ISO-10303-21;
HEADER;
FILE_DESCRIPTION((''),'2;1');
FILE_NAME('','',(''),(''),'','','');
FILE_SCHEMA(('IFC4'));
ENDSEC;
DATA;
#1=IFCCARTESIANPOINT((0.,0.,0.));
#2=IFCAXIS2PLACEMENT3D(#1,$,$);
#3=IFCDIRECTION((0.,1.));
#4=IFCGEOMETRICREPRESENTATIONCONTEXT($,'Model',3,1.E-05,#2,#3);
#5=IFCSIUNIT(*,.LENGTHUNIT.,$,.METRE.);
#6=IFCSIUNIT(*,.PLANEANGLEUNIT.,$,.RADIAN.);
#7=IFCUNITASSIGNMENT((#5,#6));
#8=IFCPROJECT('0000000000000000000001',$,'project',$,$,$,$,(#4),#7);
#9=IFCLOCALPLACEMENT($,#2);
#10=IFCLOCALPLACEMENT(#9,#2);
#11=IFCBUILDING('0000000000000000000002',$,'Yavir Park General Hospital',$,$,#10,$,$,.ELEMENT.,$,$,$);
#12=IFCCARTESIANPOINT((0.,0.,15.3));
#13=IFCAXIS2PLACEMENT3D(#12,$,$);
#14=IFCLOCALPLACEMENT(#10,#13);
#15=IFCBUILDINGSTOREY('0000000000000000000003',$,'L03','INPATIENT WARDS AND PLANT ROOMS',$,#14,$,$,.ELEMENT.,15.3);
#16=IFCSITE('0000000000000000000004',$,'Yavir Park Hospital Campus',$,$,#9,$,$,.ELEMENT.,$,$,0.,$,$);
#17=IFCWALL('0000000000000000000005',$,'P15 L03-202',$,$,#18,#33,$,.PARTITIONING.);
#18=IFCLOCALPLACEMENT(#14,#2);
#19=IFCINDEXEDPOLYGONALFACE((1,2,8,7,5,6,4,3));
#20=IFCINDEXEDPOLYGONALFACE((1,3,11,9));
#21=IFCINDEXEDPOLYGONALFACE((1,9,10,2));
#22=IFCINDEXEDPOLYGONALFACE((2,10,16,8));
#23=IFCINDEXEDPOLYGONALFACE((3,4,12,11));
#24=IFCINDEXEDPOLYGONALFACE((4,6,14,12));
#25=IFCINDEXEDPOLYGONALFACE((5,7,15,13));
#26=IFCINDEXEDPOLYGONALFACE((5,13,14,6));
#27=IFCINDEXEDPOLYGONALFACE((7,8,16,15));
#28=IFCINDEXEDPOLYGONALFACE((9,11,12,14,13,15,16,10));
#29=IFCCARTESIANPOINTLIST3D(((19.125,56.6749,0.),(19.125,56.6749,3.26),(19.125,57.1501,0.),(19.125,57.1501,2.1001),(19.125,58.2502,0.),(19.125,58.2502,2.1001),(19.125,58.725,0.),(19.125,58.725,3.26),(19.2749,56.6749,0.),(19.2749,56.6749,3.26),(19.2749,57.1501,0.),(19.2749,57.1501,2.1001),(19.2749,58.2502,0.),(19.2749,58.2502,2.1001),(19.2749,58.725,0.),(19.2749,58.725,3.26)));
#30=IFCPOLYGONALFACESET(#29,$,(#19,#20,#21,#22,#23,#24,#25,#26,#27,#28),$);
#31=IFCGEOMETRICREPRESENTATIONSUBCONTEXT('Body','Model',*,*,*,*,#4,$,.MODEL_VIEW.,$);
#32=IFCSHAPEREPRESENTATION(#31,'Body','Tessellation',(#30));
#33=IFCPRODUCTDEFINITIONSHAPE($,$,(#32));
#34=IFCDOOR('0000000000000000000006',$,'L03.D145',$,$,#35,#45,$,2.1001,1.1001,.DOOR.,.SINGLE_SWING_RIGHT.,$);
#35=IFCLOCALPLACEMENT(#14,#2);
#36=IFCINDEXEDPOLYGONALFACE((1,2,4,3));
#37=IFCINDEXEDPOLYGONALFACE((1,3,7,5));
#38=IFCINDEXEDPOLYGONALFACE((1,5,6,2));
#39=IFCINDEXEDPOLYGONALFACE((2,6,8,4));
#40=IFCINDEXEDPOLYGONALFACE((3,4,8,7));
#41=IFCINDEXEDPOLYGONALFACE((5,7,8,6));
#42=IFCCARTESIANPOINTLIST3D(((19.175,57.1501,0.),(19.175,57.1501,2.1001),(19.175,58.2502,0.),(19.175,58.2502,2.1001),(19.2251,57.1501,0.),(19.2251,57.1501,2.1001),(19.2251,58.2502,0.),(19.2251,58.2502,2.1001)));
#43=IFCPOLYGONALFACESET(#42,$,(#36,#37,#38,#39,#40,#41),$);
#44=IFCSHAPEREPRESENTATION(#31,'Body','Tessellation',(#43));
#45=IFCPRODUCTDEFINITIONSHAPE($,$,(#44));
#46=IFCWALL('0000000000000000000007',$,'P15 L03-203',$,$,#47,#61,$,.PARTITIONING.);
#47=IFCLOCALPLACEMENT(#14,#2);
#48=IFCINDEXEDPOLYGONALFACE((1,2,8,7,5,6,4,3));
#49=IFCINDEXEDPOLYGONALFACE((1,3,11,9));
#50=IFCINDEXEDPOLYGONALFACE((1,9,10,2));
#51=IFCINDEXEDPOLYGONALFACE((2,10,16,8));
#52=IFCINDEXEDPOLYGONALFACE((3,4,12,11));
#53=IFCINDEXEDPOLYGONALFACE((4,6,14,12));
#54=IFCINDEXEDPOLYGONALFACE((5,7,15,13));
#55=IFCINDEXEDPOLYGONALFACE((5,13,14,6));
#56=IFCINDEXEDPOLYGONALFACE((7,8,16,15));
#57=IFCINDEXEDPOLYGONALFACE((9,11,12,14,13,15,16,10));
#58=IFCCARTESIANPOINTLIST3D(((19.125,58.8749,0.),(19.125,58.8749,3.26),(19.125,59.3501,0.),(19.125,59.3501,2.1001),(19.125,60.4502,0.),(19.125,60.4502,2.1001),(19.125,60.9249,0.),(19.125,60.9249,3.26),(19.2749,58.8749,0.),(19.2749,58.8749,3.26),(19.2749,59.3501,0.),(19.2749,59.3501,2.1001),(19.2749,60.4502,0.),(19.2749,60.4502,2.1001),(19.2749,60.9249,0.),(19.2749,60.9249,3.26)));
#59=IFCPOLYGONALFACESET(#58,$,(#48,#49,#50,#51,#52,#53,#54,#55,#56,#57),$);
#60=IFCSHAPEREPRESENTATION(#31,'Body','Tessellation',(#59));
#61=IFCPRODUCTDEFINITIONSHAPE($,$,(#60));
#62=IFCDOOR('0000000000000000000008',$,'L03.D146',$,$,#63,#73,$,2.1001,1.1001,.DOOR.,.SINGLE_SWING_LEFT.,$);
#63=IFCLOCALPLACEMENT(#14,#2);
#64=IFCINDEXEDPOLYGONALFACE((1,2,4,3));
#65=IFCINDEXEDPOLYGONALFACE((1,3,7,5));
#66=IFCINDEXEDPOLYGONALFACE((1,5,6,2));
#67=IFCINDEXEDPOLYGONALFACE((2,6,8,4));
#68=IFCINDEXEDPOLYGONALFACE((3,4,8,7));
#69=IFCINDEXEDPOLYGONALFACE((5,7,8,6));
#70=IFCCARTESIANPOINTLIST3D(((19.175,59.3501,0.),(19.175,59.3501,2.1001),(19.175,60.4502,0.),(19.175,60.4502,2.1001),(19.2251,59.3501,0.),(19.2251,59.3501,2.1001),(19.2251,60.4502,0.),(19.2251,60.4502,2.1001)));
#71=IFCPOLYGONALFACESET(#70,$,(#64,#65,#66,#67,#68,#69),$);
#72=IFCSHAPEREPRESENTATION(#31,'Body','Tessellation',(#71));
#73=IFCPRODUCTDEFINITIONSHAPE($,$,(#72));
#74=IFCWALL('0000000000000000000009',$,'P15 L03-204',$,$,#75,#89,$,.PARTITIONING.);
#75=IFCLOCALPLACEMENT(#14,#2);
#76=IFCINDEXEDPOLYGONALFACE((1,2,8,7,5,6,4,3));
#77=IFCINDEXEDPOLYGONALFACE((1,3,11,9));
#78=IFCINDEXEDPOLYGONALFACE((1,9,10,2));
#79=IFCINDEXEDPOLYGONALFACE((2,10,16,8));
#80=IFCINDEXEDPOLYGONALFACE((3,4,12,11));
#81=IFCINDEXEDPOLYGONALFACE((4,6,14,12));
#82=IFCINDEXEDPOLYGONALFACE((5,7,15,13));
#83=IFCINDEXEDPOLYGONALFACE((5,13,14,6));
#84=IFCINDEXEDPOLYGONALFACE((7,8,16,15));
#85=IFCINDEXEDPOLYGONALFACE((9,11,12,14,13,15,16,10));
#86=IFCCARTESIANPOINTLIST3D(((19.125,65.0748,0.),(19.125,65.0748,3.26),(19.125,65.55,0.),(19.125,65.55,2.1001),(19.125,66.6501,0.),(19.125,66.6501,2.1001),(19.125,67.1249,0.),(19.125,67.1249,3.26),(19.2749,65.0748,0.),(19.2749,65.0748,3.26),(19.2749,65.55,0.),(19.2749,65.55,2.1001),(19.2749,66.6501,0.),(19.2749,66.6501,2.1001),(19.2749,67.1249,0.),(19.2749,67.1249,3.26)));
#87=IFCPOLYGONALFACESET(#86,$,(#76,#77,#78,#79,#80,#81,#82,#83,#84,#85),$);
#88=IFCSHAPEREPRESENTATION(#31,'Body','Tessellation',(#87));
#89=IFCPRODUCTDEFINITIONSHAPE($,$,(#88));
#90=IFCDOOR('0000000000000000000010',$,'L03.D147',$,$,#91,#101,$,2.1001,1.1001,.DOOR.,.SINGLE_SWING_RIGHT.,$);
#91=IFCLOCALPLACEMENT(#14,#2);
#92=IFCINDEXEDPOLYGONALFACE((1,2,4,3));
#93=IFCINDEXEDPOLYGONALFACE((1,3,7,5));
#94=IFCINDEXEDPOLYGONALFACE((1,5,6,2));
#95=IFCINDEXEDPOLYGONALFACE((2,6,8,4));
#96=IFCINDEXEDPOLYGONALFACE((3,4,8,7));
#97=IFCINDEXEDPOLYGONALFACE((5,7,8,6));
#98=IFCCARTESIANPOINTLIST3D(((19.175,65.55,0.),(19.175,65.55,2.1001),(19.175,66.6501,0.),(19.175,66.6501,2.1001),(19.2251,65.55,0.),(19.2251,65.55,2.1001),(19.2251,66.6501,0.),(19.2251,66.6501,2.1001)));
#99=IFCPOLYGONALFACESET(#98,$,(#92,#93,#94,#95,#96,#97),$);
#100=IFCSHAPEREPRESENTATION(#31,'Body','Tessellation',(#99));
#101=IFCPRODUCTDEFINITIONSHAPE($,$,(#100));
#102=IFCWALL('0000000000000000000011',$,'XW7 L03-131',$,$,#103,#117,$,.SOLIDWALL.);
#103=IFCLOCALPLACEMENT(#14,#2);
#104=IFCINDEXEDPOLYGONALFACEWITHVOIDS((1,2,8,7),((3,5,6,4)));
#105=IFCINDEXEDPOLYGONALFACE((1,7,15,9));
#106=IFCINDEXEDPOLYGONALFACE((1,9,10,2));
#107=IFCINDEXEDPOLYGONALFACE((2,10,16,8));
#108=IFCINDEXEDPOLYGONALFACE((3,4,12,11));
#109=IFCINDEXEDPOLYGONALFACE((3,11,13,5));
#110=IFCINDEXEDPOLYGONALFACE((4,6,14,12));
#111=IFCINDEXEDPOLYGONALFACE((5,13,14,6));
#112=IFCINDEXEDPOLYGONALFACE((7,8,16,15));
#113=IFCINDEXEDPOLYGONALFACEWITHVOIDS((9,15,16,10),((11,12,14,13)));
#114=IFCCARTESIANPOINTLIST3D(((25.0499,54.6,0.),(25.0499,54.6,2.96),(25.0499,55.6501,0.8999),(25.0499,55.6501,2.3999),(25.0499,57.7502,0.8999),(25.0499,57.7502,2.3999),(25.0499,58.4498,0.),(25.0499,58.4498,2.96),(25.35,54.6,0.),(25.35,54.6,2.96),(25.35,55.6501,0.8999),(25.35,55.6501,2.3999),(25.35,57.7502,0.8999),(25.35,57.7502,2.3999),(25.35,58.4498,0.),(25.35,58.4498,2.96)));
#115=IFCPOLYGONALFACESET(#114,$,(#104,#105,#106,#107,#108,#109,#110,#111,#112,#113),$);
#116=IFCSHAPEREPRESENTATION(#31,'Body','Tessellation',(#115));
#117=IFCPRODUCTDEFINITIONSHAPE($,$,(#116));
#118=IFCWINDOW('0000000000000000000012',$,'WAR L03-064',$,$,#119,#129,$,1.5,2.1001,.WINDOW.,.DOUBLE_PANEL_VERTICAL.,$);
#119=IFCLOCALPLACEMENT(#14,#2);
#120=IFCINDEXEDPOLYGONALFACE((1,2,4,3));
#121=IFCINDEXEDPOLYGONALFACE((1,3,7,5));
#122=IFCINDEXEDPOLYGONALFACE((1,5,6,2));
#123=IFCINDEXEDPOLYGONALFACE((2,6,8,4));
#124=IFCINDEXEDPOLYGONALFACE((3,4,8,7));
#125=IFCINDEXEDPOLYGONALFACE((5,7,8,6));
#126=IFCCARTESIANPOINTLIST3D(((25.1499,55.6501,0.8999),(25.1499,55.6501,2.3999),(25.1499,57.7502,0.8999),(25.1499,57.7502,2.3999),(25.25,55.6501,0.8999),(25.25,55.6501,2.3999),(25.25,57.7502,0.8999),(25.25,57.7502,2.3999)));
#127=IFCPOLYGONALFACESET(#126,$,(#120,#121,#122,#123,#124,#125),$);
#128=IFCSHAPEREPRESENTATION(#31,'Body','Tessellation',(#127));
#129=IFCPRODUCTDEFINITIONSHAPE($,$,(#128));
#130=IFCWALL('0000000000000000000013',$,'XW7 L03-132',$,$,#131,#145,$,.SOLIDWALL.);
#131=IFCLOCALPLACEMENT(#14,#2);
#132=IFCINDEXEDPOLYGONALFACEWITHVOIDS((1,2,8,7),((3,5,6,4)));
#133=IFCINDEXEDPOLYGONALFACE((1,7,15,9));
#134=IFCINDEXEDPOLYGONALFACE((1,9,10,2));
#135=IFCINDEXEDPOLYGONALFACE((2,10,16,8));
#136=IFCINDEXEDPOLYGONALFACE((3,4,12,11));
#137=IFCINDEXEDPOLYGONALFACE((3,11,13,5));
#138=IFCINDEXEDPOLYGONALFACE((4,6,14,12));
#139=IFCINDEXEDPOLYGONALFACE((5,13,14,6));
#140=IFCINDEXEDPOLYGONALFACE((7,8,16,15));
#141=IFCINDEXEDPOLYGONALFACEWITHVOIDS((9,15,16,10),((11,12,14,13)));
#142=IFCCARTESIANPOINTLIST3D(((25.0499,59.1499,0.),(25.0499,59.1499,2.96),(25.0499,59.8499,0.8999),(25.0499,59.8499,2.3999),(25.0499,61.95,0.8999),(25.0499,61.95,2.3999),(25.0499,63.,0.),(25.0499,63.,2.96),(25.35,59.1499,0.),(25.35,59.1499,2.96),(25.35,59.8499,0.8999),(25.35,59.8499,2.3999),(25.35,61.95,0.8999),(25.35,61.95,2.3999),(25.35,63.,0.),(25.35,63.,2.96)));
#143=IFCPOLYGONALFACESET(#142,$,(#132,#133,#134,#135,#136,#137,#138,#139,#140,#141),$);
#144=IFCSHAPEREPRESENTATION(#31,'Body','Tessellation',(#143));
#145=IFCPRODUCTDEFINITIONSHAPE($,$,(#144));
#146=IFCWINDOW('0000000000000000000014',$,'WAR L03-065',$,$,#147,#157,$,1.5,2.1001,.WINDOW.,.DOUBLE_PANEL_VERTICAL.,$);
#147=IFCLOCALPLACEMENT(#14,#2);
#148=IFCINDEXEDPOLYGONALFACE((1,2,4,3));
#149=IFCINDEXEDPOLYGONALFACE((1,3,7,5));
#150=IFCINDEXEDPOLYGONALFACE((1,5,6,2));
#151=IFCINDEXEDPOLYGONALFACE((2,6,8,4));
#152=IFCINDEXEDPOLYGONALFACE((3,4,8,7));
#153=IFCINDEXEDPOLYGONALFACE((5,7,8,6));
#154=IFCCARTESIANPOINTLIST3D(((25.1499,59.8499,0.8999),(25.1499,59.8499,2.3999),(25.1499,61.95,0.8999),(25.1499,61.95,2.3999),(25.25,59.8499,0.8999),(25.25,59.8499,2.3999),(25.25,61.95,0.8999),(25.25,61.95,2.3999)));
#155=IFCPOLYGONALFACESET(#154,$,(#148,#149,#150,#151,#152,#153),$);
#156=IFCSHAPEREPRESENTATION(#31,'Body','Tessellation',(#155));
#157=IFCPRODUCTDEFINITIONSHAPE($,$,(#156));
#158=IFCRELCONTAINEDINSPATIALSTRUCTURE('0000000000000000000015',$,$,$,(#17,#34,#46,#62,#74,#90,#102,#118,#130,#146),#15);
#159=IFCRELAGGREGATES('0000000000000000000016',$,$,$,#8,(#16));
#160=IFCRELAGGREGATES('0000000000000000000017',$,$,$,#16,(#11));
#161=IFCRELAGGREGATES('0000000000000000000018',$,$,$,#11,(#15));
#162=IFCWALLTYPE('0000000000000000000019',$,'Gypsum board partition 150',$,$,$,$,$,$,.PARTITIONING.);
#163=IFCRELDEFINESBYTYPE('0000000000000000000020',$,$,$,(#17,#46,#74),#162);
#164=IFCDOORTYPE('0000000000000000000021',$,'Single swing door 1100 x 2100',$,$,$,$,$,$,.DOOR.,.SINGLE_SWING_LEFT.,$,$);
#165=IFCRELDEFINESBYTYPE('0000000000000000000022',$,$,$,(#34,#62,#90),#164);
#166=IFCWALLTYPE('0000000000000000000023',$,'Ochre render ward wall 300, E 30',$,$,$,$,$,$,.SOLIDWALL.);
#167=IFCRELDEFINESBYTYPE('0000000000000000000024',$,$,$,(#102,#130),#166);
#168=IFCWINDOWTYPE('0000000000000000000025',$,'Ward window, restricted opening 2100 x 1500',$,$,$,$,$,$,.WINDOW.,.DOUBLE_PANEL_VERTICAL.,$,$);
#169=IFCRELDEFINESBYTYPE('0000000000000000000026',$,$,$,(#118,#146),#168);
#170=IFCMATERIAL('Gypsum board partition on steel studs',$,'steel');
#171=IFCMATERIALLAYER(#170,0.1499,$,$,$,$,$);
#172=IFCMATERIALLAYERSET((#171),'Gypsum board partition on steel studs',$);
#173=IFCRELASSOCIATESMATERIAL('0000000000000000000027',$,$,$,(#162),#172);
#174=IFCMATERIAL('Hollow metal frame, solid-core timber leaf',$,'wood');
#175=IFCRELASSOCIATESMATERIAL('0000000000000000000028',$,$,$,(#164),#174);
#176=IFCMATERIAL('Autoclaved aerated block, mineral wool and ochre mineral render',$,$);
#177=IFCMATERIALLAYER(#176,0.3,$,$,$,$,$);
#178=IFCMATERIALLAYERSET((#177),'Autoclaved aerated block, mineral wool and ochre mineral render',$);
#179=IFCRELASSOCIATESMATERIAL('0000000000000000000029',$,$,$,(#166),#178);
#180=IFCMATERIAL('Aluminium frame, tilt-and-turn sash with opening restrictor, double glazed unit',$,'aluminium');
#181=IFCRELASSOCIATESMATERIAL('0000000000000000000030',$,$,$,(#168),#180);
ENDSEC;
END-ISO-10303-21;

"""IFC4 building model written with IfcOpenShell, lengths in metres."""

from ifc_helpers import new_model, si_unit, direction, frame, frame_2d, origin, place, context, subcontext, project, spatial, rectangle, extrude, material, layer, layer_set, type_object, element, fill, save


model = new_model("IFC4")

# Units and contexts
model_context = context("Model", 3, precision=1e-05, world=origin(), true_north=direction((0.0, 1.0)))
body_context = subcontext(model_context, "Body", "Model", "MODEL_VIEW")
ifc_project = project(units=[si_unit("LENGTHUNIT", "METRE"), si_unit("PLANEANGLEUNIT", "RADIAN")], contexts=[model_context])

# Site, building, storey
site_placement = place(None, origin())
site = spatial("IfcSite", under=ifc_project, at=site_placement, Name="Yavir Park Hospital Campus", CompositionType="ELEMENT", RefElevation=0.0)
building_placement = place(site_placement, origin())
building = spatial("IfcBuilding", under=site, at=building_placement, Name="Yavir Park General Hospital", CompositionType="ELEMENT")
storey_placement = place(building_placement, frame((0.0, 0.0, 15.3)))
storey = spatial("IfcBuildingStorey", under=building, at=storey_placement, Name="L03", Description="INPATIENT WARDS AND PLANT ROOMS", CompositionType="ELEMENT", Elevation=15.3)

# Shared definitions
ifc_material_1 = material(Name="Gypsum board partition on steel studs", Category="steel")
ifc_layer_1 = layer(ifc_material_1, 0.1499)
ifc_layer_set_1 = layer_set([ifc_layer_1], Name="Gypsum board partition on steel studs")
wall_type_1 = type_object("IfcWallType", Name="Gypsum board partition 150", PredefinedType="PARTITIONING", material=ifc_layer_set_1)

# Walls, openings, doors
wall_1_placement = place(storey_placement, frame((19.2, 56.675, 0.0), z_axis=(0.0, 0.0, 1.0), x_axis=(0.0, 1.0, 0.0)))
wall_1 = element("IfcWall", 1, at=wall_1_placement, inside=storey, type_object=wall_type_1, Name="P15 L03-202", PredefinedType="PARTITIONING", context=body_context, shape_type="SweptSolid", body=[
    extrude(rectangle(XDim=2.05, YDim=0.1499, at=frame_2d((1.0249, 0.0))), origin(), (0.0, 0.0, 1.0), 3.26),
])
opening_1_placement = place(wall_1_placement, frame((0.4751, 0.0, 0.0)))
opening_1 = element("IfcOpeningElement", 2, at=opening_1_placement, cuts=wall_1, PredefinedType="OPENING", context=body_context, shape_type="SweptSolid", body=[
    extrude(rectangle(XDim=1.1001, YDim=2.1001, at=frame_2d((0.55, 1.05))), frame((0.0, 0.085, 0.0), z_axis=(0.0, -1.0, 0.0), x_axis=(1.0, 0.0, 0.0)), (0.0, 0.0, 1.0), 0.1699),
])
ifc_material_2 = material(Name="Hollow metal frame, solid-core timber leaf", Category="wood")
door_type_1 = type_object("IfcDoorType", Name="Single swing door 1100 x 2100", OperationType="SINGLE_SWING_LEFT", PredefinedType="DOOR", material=ifc_material_2)
door_1_placement = place(opening_1_placement, origin())
door_1 = element("IfcDoor", 3, at=door_1_placement, inside=storey, type_object=door_type_1, Name="L03.D145", OperationType="SINGLE_SWING_RIGHT", OverallHeight=2.1001, OverallWidth=1.1001, PredefinedType="DOOR", context=body_context, shape_type="SweptSolid", body=[
    extrude(rectangle(XDim=1.1001, YDim=2.1001, at=frame_2d((0.55, 1.05))), frame((0.0, 0.0249, 0.0), z_axis=(0.0, -1.0, 0.0), x_axis=(1.0, 0.0, 0.0)), (0.0, 0.0, 1.0), 0.05),
])
fill(opening_1, door_1)
wall_2_placement = place(storey_placement, frame((19.2, 58.875, 0.0), z_axis=(0.0, 0.0, 1.0), x_axis=(0.0, 1.0, 0.0)))
wall_2 = element("IfcWall", 4, at=wall_2_placement, inside=storey, type_object=wall_type_1, Name="P15 L03-203", PredefinedType="PARTITIONING", context=body_context, shape_type="SweptSolid", body=[
    extrude(rectangle(XDim=2.05, YDim=0.1499, at=frame_2d((1.0249, 0.0))), origin(), (0.0, 0.0, 1.0), 3.26),
])
opening_2_placement = place(wall_2_placement, frame((0.4751, 0.0, 0.0)))
opening_2 = element("IfcOpeningElement", 5, at=opening_2_placement, cuts=wall_2, PredefinedType="OPENING", context=body_context, shape_type="SweptSolid", body=[
    extrude(rectangle(XDim=1.1001, YDim=2.1001, at=frame_2d((0.55, 1.05))), frame((0.0, 0.085, 0.0), z_axis=(0.0, -1.0, 0.0), x_axis=(1.0, 0.0, 0.0)), (0.0, 0.0, 1.0), 0.1699),
])
door_2_placement = place(opening_2_placement, origin())
door_2 = element("IfcDoor", 6, at=door_2_placement, inside=storey, type_object=door_type_1, Name="L03.D146", OperationType="SINGLE_SWING_LEFT", OverallHeight=2.1001, OverallWidth=1.1001, PredefinedType="DOOR", context=body_context, shape_type="SweptSolid", body=[
    extrude(rectangle(XDim=1.1001, YDim=2.1001, at=frame_2d((0.55, 1.05))), frame((0.0, 0.0249, 0.0), z_axis=(0.0, -1.0, 0.0), x_axis=(1.0, 0.0, 0.0)), (0.0, 0.0, 1.0), 0.05),
])
fill(opening_2, door_2)
wall_3_placement = place(storey_placement, frame((19.2, 65.075, 0.0), z_axis=(0.0, 0.0, 1.0), x_axis=(0.0, 1.0, 0.0)))
wall_3 = element("IfcWall", 7, at=wall_3_placement, inside=storey, type_object=wall_type_1, Name="P15 L03-204", PredefinedType="PARTITIONING", context=body_context, shape_type="SweptSolid", body=[
    extrude(rectangle(XDim=2.05, YDim=0.1499, at=frame_2d((1.0249, 0.0))), origin(), (0.0, 0.0, 1.0), 3.26),
])
opening_3_placement = place(wall_3_placement, frame((0.4751, 0.0, 0.0)))
opening_3 = element("IfcOpeningElement", 8, at=opening_3_placement, cuts=wall_3, PredefinedType="OPENING", context=body_context, shape_type="SweptSolid", body=[
    extrude(rectangle(XDim=1.1001, YDim=2.1001, at=frame_2d((0.55, 1.05))), frame((0.0, 0.085, 0.0), z_axis=(0.0, -1.0, 0.0), x_axis=(1.0, 0.0, 0.0)), (0.0, 0.0, 1.0), 0.1699),
])
door_3_placement = place(opening_3_placement, origin())
door_3 = element("IfcDoor", 9, at=door_3_placement, inside=storey, type_object=door_type_1, Name="L03.D147", OperationType="SINGLE_SWING_RIGHT", OverallHeight=2.1001, OverallWidth=1.1001, PredefinedType="DOOR", context=body_context, shape_type="SweptSolid", body=[
    extrude(rectangle(XDim=1.1001, YDim=2.1001, at=frame_2d((0.55, 1.05))), frame((0.0, 0.0249, 0.0), z_axis=(0.0, -1.0, 0.0), x_axis=(1.0, 0.0, 0.0)), (0.0, 0.0, 1.0), 0.05),
])
fill(opening_3, door_3)

# Walls, openings, windows
ifc_material_3 = material(Name="Autoclaved aerated block, mineral wool and ochre mineral render")
ifc_layer_2 = layer(ifc_material_3, 0.3)
ifc_layer_set_2 = layer_set([ifc_layer_2], Name="Autoclaved aerated block, mineral wool and ochre mineral render")
wall_type_2 = type_object("IfcWallType", Name="Ochre render ward wall 300, E 30", PredefinedType="SOLIDWALL", material=ifc_layer_set_2)
wall_4_placement = place(storey_placement, frame((25.2, 54.6001, 0.0), z_axis=(0.0, 0.0, 1.0), x_axis=(0.0, 1.0, 0.0)))
wall_4 = element("IfcWall", 10, at=wall_4_placement, inside=storey, type_object=wall_type_2, Name="XW7 L03-131", PredefinedType="SOLIDWALL", context=body_context, shape_type="SweptSolid", body=[
    extrude(rectangle(XDim=3.8499, YDim=0.3, at=frame_2d((1.9248, 0.0))), origin(), (0.0, 0.0, 1.0), 2.96),
])
opening_4_placement = place(wall_4_placement, frame((1.05, 0.0, 0.8999)))
opening_4 = element("IfcOpeningElement", 11, at=opening_4_placement, cuts=wall_4, PredefinedType="OPENING", context=body_context, shape_type="SweptSolid", body=[
    extrude(rectangle(XDim=2.1001, YDim=1.5, at=frame_2d((1.05, 0.75))), frame((0.0, 0.1599, 0.0), z_axis=(0.0, -1.0, 0.0), x_axis=(1.0, 0.0, 0.0)), (0.0, 0.0, 1.0), 0.3201),
])
ifc_material_4 = material(Name="Aluminium frame, tilt-and-turn sash with opening restrictor, double glazed unit", Category="aluminium")
window_type = type_object("IfcWindowType", Name="Ward window, restricted opening 2100 x 1500", PartitioningType="DOUBLE_PANEL_VERTICAL", PredefinedType="WINDOW", material=ifc_material_4)
window_1_placement = place(opening_4_placement, origin())
window_1 = element("IfcWindow", 12, at=window_1_placement, inside=storey, type_object=window_type, Name="WAR L03-064", OverallHeight=1.5, OverallWidth=2.1001, PartitioningType="DOUBLE_PANEL_VERTICAL", PredefinedType="WINDOW", context=body_context, shape_type="SweptSolid", body=[
    extrude(rectangle(XDim=2.1001, YDim=1.5, at=frame_2d((1.05, 0.75))), frame((0.0, 0.05, 0.0), z_axis=(0.0, -1.0, 0.0), x_axis=(1.0, 0.0, 0.0)), (0.0, 0.0, 1.0), 0.1001),
])
fill(opening_4, window_1)
wall_5_placement = place(storey_placement, frame((25.2, 59.1499, 0.0), z_axis=(0.0, 0.0, 1.0), x_axis=(0.0, 1.0, 0.0)))
wall_5 = element("IfcWall", 13, at=wall_5_placement, inside=storey, type_object=wall_type_2, Name="XW7 L03-132", PredefinedType="SOLIDWALL", context=body_context, shape_type="SweptSolid", body=[
    extrude(rectangle(XDim=3.8501, YDim=0.3, at=frame_2d((1.925, 0.0))), origin(), (0.0, 0.0, 1.0), 2.96),
])
opening_5_placement = place(wall_5_placement, frame((0.7, 0.0, 0.8999)))
opening_5 = element("IfcOpeningElement", 14, at=opening_5_placement, cuts=wall_5, PredefinedType="OPENING", context=body_context, shape_type="SweptSolid", body=[
    extrude(rectangle(XDim=2.1001, YDim=1.5, at=frame_2d((1.05, 0.75))), frame((0.0, 0.1599, 0.0), z_axis=(0.0, -1.0, 0.0), x_axis=(1.0, 0.0, 0.0)), (0.0, 0.0, 1.0), 0.3201),
])
window_2_placement = place(opening_5_placement, origin())
window_2 = element("IfcWindow", 15, at=window_2_placement, inside=storey, type_object=window_type, Name="WAR L03-065", OverallHeight=1.5, OverallWidth=2.1001, PartitioningType="DOUBLE_PANEL_VERTICAL", PredefinedType="WINDOW", context=body_context, shape_type="SweptSolid", body=[
    extrude(rectangle(XDim=2.1001, YDim=1.5, at=frame_2d((1.05, 0.75))), frame((0.0, 0.05, 0.0), z_axis=(0.0, -1.0, 0.0), x_axis=(1.0, 0.0, 0.0)), (0.0, 0.0, 1.0), 0.1001),
])
fill(opening_5, window_2)

save(model, "model.ifc")
